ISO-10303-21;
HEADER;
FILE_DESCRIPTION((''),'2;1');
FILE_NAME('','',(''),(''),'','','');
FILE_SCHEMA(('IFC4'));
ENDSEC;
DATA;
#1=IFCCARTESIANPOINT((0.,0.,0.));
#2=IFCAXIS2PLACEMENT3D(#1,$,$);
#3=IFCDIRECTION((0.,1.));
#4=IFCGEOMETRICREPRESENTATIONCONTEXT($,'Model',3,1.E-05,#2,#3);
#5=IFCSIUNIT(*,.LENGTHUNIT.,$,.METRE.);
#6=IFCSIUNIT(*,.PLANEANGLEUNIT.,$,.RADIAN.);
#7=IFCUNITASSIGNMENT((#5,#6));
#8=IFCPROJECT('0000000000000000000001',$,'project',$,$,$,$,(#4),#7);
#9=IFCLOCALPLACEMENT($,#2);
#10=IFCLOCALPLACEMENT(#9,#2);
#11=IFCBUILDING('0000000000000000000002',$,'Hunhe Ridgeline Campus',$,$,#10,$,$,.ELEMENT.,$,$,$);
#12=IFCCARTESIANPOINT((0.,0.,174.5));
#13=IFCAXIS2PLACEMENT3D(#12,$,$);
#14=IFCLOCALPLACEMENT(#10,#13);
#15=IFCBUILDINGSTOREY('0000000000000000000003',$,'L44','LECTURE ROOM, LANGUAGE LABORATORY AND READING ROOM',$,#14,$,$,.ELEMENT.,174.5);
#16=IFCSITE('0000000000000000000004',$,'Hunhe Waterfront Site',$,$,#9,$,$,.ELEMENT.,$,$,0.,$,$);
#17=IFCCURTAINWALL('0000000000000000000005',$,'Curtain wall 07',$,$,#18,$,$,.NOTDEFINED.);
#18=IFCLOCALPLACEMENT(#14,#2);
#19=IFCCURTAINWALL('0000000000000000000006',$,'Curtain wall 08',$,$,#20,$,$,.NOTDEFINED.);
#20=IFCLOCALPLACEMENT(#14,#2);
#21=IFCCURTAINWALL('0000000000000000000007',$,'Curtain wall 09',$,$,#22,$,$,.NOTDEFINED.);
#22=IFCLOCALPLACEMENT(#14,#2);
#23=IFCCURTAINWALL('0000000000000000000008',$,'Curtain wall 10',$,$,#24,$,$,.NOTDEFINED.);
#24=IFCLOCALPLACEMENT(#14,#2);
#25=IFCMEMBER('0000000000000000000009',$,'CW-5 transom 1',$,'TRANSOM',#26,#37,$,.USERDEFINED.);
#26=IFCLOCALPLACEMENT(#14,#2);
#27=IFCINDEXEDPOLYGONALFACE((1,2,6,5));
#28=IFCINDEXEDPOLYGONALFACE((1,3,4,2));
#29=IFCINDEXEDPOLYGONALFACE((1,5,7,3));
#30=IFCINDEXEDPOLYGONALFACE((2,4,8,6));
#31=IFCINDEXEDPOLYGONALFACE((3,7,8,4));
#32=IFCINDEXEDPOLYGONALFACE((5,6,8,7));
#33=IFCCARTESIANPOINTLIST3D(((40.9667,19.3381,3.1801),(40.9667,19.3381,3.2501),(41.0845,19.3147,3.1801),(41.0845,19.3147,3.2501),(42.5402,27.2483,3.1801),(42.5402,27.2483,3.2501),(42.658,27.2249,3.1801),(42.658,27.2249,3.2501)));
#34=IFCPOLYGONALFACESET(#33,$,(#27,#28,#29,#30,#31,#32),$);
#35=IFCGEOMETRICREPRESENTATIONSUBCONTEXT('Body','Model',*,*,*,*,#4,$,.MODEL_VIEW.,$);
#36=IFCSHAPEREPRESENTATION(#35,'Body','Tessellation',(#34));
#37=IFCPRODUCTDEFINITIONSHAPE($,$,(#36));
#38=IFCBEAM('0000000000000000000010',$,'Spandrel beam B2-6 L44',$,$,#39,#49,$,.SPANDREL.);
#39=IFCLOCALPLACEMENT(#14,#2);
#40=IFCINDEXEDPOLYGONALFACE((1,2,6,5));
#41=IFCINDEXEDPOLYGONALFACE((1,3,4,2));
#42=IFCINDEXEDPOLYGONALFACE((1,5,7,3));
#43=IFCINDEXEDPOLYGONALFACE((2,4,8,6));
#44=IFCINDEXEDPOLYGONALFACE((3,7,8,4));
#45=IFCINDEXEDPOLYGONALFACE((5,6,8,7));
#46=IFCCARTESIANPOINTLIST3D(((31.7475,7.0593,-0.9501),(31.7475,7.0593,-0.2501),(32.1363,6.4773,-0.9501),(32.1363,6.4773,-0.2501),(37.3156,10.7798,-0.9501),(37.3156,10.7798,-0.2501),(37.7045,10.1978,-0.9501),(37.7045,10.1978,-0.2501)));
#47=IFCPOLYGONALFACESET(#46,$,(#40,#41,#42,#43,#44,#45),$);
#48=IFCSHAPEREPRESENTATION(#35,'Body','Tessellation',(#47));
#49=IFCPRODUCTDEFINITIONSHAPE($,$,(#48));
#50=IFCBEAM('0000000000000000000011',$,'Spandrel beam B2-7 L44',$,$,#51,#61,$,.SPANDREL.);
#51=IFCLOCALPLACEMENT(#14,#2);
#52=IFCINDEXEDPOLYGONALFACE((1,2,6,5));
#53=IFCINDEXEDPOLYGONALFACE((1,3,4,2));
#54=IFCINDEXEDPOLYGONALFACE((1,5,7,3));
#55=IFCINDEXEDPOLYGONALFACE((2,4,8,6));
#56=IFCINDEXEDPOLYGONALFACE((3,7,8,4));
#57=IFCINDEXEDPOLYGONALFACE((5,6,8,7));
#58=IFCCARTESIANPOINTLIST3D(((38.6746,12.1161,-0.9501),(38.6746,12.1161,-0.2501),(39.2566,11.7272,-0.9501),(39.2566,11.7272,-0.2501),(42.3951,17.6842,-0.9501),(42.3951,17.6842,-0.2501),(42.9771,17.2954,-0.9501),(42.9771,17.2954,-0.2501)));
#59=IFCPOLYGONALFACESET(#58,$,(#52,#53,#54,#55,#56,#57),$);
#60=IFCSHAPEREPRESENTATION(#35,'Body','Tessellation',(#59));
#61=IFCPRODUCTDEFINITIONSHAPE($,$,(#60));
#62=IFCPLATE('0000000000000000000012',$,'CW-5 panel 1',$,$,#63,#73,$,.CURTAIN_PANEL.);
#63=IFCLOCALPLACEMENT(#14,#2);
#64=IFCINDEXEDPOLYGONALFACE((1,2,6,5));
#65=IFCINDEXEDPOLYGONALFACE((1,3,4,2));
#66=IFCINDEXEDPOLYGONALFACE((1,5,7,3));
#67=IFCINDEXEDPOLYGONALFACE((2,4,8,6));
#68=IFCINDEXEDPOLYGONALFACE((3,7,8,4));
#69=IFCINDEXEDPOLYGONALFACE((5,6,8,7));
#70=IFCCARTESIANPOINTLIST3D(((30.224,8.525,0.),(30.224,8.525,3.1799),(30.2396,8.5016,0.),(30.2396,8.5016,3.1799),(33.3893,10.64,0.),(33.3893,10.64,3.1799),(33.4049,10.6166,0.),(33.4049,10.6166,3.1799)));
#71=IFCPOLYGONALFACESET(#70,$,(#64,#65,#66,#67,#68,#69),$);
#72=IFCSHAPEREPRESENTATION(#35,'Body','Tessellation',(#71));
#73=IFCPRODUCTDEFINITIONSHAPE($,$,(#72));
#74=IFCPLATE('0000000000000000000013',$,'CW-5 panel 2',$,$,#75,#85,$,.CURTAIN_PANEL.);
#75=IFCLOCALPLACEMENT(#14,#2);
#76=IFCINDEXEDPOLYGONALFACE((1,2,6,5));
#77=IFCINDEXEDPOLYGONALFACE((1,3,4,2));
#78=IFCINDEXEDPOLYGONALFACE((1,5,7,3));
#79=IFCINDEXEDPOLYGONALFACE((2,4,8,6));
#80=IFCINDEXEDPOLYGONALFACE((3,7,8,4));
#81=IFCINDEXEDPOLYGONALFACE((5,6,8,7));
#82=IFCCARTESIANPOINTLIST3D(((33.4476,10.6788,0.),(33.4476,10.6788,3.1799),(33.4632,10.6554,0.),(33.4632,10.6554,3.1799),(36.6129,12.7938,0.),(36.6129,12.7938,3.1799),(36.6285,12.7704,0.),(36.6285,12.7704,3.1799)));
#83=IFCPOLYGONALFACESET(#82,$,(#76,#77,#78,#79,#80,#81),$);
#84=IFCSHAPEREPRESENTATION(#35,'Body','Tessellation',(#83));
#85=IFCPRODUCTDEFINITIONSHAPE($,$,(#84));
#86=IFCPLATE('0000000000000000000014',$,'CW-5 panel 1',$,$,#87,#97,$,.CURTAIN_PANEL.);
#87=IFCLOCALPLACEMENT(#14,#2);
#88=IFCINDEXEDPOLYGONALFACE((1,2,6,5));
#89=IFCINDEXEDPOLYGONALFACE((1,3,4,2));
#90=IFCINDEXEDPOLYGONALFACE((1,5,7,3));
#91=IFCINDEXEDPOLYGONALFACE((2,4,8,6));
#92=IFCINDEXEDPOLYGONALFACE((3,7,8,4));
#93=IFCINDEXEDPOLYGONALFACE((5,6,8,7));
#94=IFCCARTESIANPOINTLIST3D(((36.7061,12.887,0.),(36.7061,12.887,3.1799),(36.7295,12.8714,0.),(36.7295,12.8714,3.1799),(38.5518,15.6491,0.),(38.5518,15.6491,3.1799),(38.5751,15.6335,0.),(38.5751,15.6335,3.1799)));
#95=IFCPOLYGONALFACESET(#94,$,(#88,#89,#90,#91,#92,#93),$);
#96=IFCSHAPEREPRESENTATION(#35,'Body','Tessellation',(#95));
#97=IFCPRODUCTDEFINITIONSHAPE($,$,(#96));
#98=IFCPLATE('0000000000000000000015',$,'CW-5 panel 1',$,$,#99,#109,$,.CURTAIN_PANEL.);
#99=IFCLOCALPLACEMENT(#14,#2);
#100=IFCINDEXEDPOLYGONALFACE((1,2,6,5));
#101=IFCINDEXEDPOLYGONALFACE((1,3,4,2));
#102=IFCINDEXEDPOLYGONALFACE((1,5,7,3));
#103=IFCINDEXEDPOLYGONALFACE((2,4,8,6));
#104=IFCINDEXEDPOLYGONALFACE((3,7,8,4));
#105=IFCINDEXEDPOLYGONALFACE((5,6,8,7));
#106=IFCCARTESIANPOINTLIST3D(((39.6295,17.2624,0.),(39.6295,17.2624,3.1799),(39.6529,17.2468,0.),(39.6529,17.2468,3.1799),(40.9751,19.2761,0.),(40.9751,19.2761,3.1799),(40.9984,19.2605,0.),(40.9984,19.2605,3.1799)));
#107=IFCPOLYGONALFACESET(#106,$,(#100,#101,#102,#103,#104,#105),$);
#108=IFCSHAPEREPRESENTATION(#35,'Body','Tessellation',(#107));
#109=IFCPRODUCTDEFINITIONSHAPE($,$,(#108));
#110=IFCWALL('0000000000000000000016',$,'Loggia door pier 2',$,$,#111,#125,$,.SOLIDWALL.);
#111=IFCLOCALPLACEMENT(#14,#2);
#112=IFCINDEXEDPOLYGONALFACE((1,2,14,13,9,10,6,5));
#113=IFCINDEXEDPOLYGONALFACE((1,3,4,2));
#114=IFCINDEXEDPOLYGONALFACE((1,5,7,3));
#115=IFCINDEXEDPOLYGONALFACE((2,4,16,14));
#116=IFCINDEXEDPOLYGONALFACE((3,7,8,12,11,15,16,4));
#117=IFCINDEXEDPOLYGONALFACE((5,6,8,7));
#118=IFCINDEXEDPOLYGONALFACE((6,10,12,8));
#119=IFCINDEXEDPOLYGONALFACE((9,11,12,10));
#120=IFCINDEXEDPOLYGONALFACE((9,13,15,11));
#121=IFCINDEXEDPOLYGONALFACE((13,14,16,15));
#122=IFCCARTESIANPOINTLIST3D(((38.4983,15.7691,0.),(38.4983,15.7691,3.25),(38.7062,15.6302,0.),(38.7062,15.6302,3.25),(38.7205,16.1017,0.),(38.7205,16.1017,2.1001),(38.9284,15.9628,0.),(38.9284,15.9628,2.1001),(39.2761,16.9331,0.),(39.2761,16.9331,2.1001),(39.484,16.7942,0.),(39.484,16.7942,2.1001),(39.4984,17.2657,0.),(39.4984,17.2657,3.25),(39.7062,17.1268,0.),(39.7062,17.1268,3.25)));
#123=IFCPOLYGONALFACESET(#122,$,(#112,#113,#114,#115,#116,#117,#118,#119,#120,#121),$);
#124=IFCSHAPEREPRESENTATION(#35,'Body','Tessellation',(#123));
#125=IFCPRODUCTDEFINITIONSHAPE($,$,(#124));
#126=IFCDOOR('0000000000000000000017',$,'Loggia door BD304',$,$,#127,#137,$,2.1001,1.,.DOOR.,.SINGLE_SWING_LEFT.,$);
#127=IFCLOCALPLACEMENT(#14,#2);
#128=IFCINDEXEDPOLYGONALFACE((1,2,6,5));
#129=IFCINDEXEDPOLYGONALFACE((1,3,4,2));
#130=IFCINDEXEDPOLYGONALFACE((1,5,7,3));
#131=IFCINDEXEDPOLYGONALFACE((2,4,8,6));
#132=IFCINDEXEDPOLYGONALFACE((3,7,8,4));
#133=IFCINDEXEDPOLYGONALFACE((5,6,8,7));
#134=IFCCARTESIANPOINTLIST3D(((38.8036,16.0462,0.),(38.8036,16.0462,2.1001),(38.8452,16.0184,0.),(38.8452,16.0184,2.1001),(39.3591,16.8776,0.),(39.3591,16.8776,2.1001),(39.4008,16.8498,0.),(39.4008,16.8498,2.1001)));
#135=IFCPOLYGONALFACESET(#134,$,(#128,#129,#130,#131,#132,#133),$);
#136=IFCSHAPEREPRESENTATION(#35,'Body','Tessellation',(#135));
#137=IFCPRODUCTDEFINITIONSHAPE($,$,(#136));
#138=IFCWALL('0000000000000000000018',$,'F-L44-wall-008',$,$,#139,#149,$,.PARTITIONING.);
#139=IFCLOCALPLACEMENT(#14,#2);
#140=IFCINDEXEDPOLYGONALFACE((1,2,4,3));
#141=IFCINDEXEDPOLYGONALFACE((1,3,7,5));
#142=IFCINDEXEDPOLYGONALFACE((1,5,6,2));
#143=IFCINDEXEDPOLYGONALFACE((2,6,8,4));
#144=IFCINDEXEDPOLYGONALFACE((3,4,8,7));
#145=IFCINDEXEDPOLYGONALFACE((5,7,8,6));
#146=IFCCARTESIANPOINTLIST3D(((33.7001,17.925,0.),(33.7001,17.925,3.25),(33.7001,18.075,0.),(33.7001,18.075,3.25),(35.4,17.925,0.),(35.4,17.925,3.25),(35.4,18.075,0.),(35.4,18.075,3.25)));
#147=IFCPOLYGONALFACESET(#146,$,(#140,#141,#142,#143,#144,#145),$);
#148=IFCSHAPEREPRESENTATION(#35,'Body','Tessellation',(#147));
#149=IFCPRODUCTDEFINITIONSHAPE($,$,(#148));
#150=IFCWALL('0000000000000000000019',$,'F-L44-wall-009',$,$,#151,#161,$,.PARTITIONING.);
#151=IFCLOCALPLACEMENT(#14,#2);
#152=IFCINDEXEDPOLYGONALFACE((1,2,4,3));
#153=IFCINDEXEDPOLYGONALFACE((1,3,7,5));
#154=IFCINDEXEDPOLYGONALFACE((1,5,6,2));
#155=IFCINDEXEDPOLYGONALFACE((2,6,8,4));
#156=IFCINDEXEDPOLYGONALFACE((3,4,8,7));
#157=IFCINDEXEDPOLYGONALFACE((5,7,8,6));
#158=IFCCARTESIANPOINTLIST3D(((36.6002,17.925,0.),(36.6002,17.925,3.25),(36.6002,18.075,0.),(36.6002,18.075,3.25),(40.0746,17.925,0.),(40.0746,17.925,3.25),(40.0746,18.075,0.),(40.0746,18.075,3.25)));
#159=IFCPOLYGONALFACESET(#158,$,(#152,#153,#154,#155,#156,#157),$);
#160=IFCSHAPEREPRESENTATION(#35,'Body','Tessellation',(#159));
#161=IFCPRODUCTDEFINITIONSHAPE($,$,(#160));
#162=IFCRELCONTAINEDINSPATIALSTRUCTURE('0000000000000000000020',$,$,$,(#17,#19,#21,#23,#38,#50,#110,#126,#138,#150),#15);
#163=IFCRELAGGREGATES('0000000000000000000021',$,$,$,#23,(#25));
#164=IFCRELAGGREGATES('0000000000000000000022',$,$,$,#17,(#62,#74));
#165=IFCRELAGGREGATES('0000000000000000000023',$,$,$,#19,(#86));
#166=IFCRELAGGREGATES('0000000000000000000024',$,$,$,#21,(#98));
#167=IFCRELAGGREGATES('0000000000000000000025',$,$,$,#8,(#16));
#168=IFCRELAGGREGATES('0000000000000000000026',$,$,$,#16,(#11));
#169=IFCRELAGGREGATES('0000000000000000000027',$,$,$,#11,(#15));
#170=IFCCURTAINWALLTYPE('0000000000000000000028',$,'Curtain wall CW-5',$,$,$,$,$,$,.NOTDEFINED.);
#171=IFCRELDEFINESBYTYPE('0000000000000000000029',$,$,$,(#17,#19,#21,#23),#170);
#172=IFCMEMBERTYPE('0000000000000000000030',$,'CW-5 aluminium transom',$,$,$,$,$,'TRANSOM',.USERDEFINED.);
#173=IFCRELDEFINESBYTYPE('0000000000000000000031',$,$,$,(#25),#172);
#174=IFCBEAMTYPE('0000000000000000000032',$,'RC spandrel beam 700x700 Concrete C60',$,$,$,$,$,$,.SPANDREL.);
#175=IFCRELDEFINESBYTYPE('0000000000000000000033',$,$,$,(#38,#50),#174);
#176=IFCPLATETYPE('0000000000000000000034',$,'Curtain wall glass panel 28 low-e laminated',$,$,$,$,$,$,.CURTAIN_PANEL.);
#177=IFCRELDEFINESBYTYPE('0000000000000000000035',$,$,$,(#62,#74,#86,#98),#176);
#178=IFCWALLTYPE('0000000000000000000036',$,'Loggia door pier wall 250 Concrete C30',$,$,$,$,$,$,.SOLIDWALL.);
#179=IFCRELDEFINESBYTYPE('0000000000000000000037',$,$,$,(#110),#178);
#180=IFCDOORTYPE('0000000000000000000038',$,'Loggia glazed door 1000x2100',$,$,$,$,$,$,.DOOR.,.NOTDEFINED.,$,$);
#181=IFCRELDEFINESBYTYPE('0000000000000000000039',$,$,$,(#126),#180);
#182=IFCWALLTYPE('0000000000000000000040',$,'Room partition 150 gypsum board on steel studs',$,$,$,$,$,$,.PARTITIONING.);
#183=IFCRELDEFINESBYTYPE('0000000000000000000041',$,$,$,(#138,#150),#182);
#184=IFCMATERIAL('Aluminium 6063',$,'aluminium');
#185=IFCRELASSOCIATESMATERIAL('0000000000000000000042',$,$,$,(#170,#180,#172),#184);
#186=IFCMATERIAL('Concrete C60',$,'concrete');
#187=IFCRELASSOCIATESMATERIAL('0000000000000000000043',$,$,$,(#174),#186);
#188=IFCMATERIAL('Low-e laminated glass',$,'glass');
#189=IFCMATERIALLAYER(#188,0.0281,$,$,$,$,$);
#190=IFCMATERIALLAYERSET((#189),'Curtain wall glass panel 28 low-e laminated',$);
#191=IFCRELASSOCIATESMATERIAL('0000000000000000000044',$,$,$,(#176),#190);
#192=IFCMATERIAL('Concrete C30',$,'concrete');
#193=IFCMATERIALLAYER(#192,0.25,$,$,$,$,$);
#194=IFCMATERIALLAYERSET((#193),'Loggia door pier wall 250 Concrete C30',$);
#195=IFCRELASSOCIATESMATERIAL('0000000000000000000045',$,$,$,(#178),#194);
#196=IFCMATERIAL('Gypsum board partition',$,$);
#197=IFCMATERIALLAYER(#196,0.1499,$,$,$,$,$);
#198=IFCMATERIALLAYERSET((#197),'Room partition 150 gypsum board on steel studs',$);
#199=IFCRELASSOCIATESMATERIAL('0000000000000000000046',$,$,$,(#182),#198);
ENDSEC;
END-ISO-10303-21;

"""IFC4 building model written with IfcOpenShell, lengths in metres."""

from ifc_helpers import new_model, si_unit, direction, frame, frame_2d, origin, origin_2d, place, context, subcontext, project, spatial, rectangle, extrude, material, layer, layer_set, material_profile, profile_set, type_object, element, fill, aggregate, save


model = new_model("IFC4")

# Units and contexts
model_context = context("Model", 3, precision=1e-05, world=origin(), true_north=direction((0.0, 1.0)))
body_context = subcontext(model_context, "Body", "Model", "MODEL_VIEW")
ifc_project = project(units=[si_unit("LENGTHUNIT", "METRE"), si_unit("PLANEANGLEUNIT", "RADIAN")], contexts=[model_context])

# Site, building, storey
site_placement = place(None, origin())
site = spatial("IfcSite", under=ifc_project, at=site_placement, Name="Hunhe Waterfront Site", CompositionType="ELEMENT", RefElevation=0.0)
building_placement = place(site_placement, origin())
building = spatial("IfcBuilding", under=site, at=building_placement, Name="Hunhe Ridgeline Campus", CompositionType="ELEMENT")
storey_placement = place(building_placement, frame((0.0, 0.0, 174.5)))
storey = spatial("IfcBuildingStorey", under=building, at=storey_placement, Name="L44", Description="LECTURE ROOM, LANGUAGE LABORATORY AND READING ROOM", CompositionType="ELEMENT", Elevation=174.5)

# Curtain walls
ifc_material_1 = material(Name="Aluminium 6063", Category="aluminium")
curtain_wall_type = type_object("IfcCurtainWallType", Name="Curtain wall CW-5", PredefinedType="NOTDEFINED", material=ifc_material_1)
curtain_wall_1_placement = place(storey_placement, origin())
curtain_wall_1 = element("IfcCurtainWall", 1, at=curtain_wall_1_placement, inside=storey, type_object=curtain_wall_type, Name="Curtain wall 07", PredefinedType="NOTDEFINED")
curtain_wall_2_placement = place(storey_placement, origin())
curtain_wall_2 = element("IfcCurtainWall", 2, at=curtain_wall_2_placement, inside=storey, type_object=curtain_wall_type, Name="Curtain wall 08", PredefinedType="NOTDEFINED")
curtain_wall_3_placement = place(storey_placement, origin())
curtain_wall_3 = element("IfcCurtainWall", 3, at=curtain_wall_3_placement, inside=storey, type_object=curtain_wall_type, Name="Curtain wall 09", PredefinedType="NOTDEFINED")

# Curtain wall
curtain_wall_4_placement = place(storey_placement, origin())
curtain_wall_4 = element("IfcCurtainWall", 4, at=curtain_wall_4_placement, inside=storey, type_object=curtain_wall_type, Name="Curtain wall 10", PredefinedType="NOTDEFINED")

# Member
ifc_material_profile_1 = material_profile(ifc_material_1, rectangle(XDim=0.1201, YDim=0.0701, at=origin_2d()))
ifc_profile_set_1 = profile_set([ifc_material_profile_1], Name="Aluminium 6063")
member_type_1 = type_object("IfcMemberType", Name="CW-5 aluminium transom", ElementType="TRANSOM", PredefinedType="USERDEFINED", material=ifc_profile_set_1)
member_1_placement = place(storey_placement, frame((41.0256, 19.3264, 3.2151), z_axis=(0.195097, 0.980784, 0.0), x_axis=(-0.980784, 0.195097, 0.0)))
member_1 = element("IfcMember", 5, at=member_1_placement, type_object=member_type_1, Name="CW-5 transom 1", ObjectType="TRANSOM", PredefinedType="USERDEFINED", context=body_context, shape_type="SweptSolid", body=[
    extrude(rectangle(XDim=0.1201, YDim=0.0701, at=origin_2d()), origin(), (0.0, 0.0, 1.0), 8.0652),
])
aggregate(curtain_wall_4, [member_1])

# Beams
ifc_material_2 = material(Name="Concrete C60", Category="concrete")
ifc_material_profile_2 = material_profile(ifc_material_2, rectangle(XDim=0.7, YDim=0.7, at=origin_2d()))
ifc_profile_set_2 = profile_set([ifc_material_profile_2], Name="Concrete C60")
beam_type = type_object("IfcBeamType", Name="RC spandrel beam 700x700 Concrete C60", PredefinedType="SPANDREL", material=ifc_profile_set_2)
for number, where, z_axis, x_axis, name in (
    (6, (31.9419, 6.7683, -0.6001), (0.831472, 0.555566, 0.0), (-0.555566, 0.831472, 0.0), "Spandrel beam B2-6 L44"),
    (7, (38.9656, 11.9216, -0.6001), (0.555566, 0.831472, 0.0), (-0.831472, 0.555566, 0.0), "Spandrel beam B2-7 L44"),
):
    element("IfcBeam", number, at=place(storey_placement, frame(where, z_axis=z_axis, x_axis=x_axis)), inside=storey, type_object=beam_type, Name=name, PredefinedType="SPANDREL", context=body_context, shape_type="SweptSolid", body=[
        extrude(rectangle(XDim=0.7, YDim=0.7, at=origin_2d()), origin(), (0.0, 0.0, 1.0), 6.6968),
    ])

# Plates
ifc_material_3 = material(Name="Low-e laminated glass", Category="glass")
ifc_layer_1 = layer(ifc_material_3, 0.0281)
ifc_layer_set_1 = layer_set([ifc_layer_1], Name="Curtain wall glass panel 28 low-e laminated")
plate_type = type_object("IfcPlateType", Name="Curtain wall glass panel 28 low-e laminated", PredefinedType="CURTAIN_PANEL", material=ifc_layer_set_1)
plate_1_placement = place(storey_placement, frame((31.8145, 9.5708, 0.0), z_axis=(0.0, 0.0, 1.0), x_axis=(0.83147, 0.55557, 0.0)))
plate_1 = element("IfcPlate", 8, at=plate_1_placement, type_object=plate_type, Name="CW-5 panel 1", PredefinedType="CURTAIN_PANEL", context=body_context, shape_type="SweptSolid", body=[
    extrude(rectangle(XDim=3.8069, YDim=0.0281, at=origin_2d()), origin(), (0.0, 0.0, 1.0), 3.1799),
])
plate_2_placement = place(storey_placement, frame((35.0381, 11.7246, 0.0), z_axis=(0.0, 0.0, 1.0), x_axis=(0.83147, 0.55557, 0.0)))
plate_2 = element("IfcPlate", 9, at=plate_2_placement, type_object=plate_type, Name="CW-5 panel 2", PredefinedType="CURTAIN_PANEL", context=body_context, shape_type="SweptSolid", body=[
    extrude(rectangle(XDim=3.8069, YDim=0.0281, at=origin_2d()), origin(), (0.0, 0.0, 1.0), 3.1799),
])
aggregate(curtain_wall_1, [plate_1, plate_2])
plate_3_placement = place(storey_placement, frame((37.6406, 14.2603, 0.0), z_axis=(0.0, 0.0, 1.0), x_axis=(0.55557, 0.83147, 0.0)))
plate_3 = element("IfcPlate", 10, at=plate_3_placement, type_object=plate_type, Name="CW-5 panel 1", PredefinedType="CURTAIN_PANEL", context=body_context, shape_type="SweptSolid", body=[
    extrude(rectangle(XDim=3.322, YDim=0.0281, at=origin_2d()), origin(), (0.0, 0.0, 1.0), 3.1799),
])
aggregate(curtain_wall_2, [plate_3])
plate_4_placement = place(storey_placement, frame((40.314, 18.2615, 0.0), z_axis=(0.0, 0.0, 1.0), x_axis=(0.55557, 0.83147, 0.0)))
plate_4 = element("IfcPlate", 11, at=plate_4_placement, type_object=plate_type, Name="CW-5 panel 1", PredefinedType="CURTAIN_PANEL", context=body_context, shape_type="SweptSolid", body=[
    extrude(rectangle(XDim=2.4219, YDim=0.0281, at=origin_2d()), origin(), (0.0, 0.0, 1.0), 3.1799),
])
aggregate(curtain_wall_3, [plate_4])

# Wall, opening, door
ifc_material_4 = material(Name="Concrete C30", Category="concrete")
ifc_layer_2 = layer(ifc_material_4, 0.25)
ifc_layer_set_2 = layer_set([ifc_layer_2], Name="Loggia door pier wall 250 Concrete C30")
wall_type_1 = type_object("IfcWallType", Name="Loggia door pier wall 250 Concrete C30", PredefinedType="SOLIDWALL", material=ifc_layer_set_2)
wall_1_placement = place(storey_placement, frame((38.6023, 15.6997, 0.0), z_axis=(0.0, 0.0, 1.0), x_axis=(0.555576, 0.831466, 0.0)))
wall_1 = element("IfcWall", 12, at=wall_1_placement, inside=storey, type_object=wall_type_1, Name="Loggia door pier 2", PredefinedType="SOLIDWALL", context=body_context, shape_type="SweptSolid", body=[
    extrude(rectangle(XDim=1.8, YDim=0.25, at=frame_2d((0.8999, 0.0))), origin(), (0.0, 0.0, 1.0), 3.25),
])
opening_placement = place(wall_1_placement, frame((0.3999, 0.0, 0.0)))
opening = element("IfcOpeningElement", 13, at=opening_placement, cuts=wall_1, PredefinedType="OPENING", context=body_context, shape_type="SweptSolid", body=[
    extrude(rectangle(XDim=1.0, YDim=2.1001, at=frame_2d((0.5, 1.05))), frame((0.0, 0.125, 0.0), z_axis=(0.0, -1.0, 0.0), x_axis=(1.0, 0.0, 0.0)), (0.0, 0.0, 1.0), 0.25),
])
door_type = type_object("IfcDoorType", Name="Loggia glazed door 1000x2100", OperationType="NOTDEFINED", PredefinedType="DOOR", material=ifc_material_1)
door_placement = place(opening_placement, frame((1.0, 0.0, 0.0), z_axis=(0.0, 0.0, 1.0), x_axis=(-1.0, 0.0, 0.0)))
door = element("IfcDoor", 14, at=door_placement, inside=storey, type_object=door_type, Name="Loggia door BD304", OperationType="SINGLE_SWING_LEFT", OverallHeight=2.1001, OverallWidth=1.0, PredefinedType="DOOR", context=body_context, shape_type="SweptSolid", body=[
    extrude(rectangle(XDim=1.0, YDim=2.1001, at=frame_2d((0.5, 1.05))), frame((0.0, 0.0249, 0.0), z_axis=(0.0, -1.0, 0.0), x_axis=(1.0, 0.0, 0.0)), (0.0, 0.0, 1.0), 0.05),
])
fill(opening, door)

# Walls
ifc_material_5 = material(Name="Gypsum board partition")
ifc_layer_3 = layer(ifc_material_5, 0.1499)
ifc_layer_set_3 = layer_set([ifc_layer_3], Name="Room partition 150 gypsum board on steel studs")
wall_type_2 = type_object("IfcWallType", Name="Room partition 150 gypsum board on steel studs", PredefinedType="PARTITIONING", material=ifc_layer_set_3)
wall_2_placement = place(storey_placement, frame((33.7, 18.0, 0.0), z_axis=(0.0, 0.0, 1.0), x_axis=(1.0, 0.0, 0.0)))
element("IfcWall", 15, at=wall_2_placement, inside=storey, type_object=wall_type_2, Name="F-L44-wall-008", PredefinedType="PARTITIONING", context=body_context, shape_type="SweptSolid", body=[
    extrude(rectangle(XDim=1.7, YDim=0.1499, at=frame_2d((0.8501, 0.0))), origin(), (0.0, 0.0, 1.0), 3.25),
])
wall_3_placement = place(storey_placement, frame((36.6001, 18.0, 0.0), z_axis=(0.0, 0.0, 1.0), x_axis=(1.0, 0.0, 0.0)))
element("IfcWall", 16, at=wall_3_placement, inside=storey, type_object=wall_type_2, Name="F-L44-wall-009", PredefinedType="PARTITIONING", context=body_context, shape_type="SweptSolid", body=[
    extrude(rectangle(XDim=3.4744, YDim=0.1499, at=frame_2d((1.7373, 0.0))), origin(), (0.0, 0.0, 1.0), 3.25),
])

save(model, "model.ifc")
